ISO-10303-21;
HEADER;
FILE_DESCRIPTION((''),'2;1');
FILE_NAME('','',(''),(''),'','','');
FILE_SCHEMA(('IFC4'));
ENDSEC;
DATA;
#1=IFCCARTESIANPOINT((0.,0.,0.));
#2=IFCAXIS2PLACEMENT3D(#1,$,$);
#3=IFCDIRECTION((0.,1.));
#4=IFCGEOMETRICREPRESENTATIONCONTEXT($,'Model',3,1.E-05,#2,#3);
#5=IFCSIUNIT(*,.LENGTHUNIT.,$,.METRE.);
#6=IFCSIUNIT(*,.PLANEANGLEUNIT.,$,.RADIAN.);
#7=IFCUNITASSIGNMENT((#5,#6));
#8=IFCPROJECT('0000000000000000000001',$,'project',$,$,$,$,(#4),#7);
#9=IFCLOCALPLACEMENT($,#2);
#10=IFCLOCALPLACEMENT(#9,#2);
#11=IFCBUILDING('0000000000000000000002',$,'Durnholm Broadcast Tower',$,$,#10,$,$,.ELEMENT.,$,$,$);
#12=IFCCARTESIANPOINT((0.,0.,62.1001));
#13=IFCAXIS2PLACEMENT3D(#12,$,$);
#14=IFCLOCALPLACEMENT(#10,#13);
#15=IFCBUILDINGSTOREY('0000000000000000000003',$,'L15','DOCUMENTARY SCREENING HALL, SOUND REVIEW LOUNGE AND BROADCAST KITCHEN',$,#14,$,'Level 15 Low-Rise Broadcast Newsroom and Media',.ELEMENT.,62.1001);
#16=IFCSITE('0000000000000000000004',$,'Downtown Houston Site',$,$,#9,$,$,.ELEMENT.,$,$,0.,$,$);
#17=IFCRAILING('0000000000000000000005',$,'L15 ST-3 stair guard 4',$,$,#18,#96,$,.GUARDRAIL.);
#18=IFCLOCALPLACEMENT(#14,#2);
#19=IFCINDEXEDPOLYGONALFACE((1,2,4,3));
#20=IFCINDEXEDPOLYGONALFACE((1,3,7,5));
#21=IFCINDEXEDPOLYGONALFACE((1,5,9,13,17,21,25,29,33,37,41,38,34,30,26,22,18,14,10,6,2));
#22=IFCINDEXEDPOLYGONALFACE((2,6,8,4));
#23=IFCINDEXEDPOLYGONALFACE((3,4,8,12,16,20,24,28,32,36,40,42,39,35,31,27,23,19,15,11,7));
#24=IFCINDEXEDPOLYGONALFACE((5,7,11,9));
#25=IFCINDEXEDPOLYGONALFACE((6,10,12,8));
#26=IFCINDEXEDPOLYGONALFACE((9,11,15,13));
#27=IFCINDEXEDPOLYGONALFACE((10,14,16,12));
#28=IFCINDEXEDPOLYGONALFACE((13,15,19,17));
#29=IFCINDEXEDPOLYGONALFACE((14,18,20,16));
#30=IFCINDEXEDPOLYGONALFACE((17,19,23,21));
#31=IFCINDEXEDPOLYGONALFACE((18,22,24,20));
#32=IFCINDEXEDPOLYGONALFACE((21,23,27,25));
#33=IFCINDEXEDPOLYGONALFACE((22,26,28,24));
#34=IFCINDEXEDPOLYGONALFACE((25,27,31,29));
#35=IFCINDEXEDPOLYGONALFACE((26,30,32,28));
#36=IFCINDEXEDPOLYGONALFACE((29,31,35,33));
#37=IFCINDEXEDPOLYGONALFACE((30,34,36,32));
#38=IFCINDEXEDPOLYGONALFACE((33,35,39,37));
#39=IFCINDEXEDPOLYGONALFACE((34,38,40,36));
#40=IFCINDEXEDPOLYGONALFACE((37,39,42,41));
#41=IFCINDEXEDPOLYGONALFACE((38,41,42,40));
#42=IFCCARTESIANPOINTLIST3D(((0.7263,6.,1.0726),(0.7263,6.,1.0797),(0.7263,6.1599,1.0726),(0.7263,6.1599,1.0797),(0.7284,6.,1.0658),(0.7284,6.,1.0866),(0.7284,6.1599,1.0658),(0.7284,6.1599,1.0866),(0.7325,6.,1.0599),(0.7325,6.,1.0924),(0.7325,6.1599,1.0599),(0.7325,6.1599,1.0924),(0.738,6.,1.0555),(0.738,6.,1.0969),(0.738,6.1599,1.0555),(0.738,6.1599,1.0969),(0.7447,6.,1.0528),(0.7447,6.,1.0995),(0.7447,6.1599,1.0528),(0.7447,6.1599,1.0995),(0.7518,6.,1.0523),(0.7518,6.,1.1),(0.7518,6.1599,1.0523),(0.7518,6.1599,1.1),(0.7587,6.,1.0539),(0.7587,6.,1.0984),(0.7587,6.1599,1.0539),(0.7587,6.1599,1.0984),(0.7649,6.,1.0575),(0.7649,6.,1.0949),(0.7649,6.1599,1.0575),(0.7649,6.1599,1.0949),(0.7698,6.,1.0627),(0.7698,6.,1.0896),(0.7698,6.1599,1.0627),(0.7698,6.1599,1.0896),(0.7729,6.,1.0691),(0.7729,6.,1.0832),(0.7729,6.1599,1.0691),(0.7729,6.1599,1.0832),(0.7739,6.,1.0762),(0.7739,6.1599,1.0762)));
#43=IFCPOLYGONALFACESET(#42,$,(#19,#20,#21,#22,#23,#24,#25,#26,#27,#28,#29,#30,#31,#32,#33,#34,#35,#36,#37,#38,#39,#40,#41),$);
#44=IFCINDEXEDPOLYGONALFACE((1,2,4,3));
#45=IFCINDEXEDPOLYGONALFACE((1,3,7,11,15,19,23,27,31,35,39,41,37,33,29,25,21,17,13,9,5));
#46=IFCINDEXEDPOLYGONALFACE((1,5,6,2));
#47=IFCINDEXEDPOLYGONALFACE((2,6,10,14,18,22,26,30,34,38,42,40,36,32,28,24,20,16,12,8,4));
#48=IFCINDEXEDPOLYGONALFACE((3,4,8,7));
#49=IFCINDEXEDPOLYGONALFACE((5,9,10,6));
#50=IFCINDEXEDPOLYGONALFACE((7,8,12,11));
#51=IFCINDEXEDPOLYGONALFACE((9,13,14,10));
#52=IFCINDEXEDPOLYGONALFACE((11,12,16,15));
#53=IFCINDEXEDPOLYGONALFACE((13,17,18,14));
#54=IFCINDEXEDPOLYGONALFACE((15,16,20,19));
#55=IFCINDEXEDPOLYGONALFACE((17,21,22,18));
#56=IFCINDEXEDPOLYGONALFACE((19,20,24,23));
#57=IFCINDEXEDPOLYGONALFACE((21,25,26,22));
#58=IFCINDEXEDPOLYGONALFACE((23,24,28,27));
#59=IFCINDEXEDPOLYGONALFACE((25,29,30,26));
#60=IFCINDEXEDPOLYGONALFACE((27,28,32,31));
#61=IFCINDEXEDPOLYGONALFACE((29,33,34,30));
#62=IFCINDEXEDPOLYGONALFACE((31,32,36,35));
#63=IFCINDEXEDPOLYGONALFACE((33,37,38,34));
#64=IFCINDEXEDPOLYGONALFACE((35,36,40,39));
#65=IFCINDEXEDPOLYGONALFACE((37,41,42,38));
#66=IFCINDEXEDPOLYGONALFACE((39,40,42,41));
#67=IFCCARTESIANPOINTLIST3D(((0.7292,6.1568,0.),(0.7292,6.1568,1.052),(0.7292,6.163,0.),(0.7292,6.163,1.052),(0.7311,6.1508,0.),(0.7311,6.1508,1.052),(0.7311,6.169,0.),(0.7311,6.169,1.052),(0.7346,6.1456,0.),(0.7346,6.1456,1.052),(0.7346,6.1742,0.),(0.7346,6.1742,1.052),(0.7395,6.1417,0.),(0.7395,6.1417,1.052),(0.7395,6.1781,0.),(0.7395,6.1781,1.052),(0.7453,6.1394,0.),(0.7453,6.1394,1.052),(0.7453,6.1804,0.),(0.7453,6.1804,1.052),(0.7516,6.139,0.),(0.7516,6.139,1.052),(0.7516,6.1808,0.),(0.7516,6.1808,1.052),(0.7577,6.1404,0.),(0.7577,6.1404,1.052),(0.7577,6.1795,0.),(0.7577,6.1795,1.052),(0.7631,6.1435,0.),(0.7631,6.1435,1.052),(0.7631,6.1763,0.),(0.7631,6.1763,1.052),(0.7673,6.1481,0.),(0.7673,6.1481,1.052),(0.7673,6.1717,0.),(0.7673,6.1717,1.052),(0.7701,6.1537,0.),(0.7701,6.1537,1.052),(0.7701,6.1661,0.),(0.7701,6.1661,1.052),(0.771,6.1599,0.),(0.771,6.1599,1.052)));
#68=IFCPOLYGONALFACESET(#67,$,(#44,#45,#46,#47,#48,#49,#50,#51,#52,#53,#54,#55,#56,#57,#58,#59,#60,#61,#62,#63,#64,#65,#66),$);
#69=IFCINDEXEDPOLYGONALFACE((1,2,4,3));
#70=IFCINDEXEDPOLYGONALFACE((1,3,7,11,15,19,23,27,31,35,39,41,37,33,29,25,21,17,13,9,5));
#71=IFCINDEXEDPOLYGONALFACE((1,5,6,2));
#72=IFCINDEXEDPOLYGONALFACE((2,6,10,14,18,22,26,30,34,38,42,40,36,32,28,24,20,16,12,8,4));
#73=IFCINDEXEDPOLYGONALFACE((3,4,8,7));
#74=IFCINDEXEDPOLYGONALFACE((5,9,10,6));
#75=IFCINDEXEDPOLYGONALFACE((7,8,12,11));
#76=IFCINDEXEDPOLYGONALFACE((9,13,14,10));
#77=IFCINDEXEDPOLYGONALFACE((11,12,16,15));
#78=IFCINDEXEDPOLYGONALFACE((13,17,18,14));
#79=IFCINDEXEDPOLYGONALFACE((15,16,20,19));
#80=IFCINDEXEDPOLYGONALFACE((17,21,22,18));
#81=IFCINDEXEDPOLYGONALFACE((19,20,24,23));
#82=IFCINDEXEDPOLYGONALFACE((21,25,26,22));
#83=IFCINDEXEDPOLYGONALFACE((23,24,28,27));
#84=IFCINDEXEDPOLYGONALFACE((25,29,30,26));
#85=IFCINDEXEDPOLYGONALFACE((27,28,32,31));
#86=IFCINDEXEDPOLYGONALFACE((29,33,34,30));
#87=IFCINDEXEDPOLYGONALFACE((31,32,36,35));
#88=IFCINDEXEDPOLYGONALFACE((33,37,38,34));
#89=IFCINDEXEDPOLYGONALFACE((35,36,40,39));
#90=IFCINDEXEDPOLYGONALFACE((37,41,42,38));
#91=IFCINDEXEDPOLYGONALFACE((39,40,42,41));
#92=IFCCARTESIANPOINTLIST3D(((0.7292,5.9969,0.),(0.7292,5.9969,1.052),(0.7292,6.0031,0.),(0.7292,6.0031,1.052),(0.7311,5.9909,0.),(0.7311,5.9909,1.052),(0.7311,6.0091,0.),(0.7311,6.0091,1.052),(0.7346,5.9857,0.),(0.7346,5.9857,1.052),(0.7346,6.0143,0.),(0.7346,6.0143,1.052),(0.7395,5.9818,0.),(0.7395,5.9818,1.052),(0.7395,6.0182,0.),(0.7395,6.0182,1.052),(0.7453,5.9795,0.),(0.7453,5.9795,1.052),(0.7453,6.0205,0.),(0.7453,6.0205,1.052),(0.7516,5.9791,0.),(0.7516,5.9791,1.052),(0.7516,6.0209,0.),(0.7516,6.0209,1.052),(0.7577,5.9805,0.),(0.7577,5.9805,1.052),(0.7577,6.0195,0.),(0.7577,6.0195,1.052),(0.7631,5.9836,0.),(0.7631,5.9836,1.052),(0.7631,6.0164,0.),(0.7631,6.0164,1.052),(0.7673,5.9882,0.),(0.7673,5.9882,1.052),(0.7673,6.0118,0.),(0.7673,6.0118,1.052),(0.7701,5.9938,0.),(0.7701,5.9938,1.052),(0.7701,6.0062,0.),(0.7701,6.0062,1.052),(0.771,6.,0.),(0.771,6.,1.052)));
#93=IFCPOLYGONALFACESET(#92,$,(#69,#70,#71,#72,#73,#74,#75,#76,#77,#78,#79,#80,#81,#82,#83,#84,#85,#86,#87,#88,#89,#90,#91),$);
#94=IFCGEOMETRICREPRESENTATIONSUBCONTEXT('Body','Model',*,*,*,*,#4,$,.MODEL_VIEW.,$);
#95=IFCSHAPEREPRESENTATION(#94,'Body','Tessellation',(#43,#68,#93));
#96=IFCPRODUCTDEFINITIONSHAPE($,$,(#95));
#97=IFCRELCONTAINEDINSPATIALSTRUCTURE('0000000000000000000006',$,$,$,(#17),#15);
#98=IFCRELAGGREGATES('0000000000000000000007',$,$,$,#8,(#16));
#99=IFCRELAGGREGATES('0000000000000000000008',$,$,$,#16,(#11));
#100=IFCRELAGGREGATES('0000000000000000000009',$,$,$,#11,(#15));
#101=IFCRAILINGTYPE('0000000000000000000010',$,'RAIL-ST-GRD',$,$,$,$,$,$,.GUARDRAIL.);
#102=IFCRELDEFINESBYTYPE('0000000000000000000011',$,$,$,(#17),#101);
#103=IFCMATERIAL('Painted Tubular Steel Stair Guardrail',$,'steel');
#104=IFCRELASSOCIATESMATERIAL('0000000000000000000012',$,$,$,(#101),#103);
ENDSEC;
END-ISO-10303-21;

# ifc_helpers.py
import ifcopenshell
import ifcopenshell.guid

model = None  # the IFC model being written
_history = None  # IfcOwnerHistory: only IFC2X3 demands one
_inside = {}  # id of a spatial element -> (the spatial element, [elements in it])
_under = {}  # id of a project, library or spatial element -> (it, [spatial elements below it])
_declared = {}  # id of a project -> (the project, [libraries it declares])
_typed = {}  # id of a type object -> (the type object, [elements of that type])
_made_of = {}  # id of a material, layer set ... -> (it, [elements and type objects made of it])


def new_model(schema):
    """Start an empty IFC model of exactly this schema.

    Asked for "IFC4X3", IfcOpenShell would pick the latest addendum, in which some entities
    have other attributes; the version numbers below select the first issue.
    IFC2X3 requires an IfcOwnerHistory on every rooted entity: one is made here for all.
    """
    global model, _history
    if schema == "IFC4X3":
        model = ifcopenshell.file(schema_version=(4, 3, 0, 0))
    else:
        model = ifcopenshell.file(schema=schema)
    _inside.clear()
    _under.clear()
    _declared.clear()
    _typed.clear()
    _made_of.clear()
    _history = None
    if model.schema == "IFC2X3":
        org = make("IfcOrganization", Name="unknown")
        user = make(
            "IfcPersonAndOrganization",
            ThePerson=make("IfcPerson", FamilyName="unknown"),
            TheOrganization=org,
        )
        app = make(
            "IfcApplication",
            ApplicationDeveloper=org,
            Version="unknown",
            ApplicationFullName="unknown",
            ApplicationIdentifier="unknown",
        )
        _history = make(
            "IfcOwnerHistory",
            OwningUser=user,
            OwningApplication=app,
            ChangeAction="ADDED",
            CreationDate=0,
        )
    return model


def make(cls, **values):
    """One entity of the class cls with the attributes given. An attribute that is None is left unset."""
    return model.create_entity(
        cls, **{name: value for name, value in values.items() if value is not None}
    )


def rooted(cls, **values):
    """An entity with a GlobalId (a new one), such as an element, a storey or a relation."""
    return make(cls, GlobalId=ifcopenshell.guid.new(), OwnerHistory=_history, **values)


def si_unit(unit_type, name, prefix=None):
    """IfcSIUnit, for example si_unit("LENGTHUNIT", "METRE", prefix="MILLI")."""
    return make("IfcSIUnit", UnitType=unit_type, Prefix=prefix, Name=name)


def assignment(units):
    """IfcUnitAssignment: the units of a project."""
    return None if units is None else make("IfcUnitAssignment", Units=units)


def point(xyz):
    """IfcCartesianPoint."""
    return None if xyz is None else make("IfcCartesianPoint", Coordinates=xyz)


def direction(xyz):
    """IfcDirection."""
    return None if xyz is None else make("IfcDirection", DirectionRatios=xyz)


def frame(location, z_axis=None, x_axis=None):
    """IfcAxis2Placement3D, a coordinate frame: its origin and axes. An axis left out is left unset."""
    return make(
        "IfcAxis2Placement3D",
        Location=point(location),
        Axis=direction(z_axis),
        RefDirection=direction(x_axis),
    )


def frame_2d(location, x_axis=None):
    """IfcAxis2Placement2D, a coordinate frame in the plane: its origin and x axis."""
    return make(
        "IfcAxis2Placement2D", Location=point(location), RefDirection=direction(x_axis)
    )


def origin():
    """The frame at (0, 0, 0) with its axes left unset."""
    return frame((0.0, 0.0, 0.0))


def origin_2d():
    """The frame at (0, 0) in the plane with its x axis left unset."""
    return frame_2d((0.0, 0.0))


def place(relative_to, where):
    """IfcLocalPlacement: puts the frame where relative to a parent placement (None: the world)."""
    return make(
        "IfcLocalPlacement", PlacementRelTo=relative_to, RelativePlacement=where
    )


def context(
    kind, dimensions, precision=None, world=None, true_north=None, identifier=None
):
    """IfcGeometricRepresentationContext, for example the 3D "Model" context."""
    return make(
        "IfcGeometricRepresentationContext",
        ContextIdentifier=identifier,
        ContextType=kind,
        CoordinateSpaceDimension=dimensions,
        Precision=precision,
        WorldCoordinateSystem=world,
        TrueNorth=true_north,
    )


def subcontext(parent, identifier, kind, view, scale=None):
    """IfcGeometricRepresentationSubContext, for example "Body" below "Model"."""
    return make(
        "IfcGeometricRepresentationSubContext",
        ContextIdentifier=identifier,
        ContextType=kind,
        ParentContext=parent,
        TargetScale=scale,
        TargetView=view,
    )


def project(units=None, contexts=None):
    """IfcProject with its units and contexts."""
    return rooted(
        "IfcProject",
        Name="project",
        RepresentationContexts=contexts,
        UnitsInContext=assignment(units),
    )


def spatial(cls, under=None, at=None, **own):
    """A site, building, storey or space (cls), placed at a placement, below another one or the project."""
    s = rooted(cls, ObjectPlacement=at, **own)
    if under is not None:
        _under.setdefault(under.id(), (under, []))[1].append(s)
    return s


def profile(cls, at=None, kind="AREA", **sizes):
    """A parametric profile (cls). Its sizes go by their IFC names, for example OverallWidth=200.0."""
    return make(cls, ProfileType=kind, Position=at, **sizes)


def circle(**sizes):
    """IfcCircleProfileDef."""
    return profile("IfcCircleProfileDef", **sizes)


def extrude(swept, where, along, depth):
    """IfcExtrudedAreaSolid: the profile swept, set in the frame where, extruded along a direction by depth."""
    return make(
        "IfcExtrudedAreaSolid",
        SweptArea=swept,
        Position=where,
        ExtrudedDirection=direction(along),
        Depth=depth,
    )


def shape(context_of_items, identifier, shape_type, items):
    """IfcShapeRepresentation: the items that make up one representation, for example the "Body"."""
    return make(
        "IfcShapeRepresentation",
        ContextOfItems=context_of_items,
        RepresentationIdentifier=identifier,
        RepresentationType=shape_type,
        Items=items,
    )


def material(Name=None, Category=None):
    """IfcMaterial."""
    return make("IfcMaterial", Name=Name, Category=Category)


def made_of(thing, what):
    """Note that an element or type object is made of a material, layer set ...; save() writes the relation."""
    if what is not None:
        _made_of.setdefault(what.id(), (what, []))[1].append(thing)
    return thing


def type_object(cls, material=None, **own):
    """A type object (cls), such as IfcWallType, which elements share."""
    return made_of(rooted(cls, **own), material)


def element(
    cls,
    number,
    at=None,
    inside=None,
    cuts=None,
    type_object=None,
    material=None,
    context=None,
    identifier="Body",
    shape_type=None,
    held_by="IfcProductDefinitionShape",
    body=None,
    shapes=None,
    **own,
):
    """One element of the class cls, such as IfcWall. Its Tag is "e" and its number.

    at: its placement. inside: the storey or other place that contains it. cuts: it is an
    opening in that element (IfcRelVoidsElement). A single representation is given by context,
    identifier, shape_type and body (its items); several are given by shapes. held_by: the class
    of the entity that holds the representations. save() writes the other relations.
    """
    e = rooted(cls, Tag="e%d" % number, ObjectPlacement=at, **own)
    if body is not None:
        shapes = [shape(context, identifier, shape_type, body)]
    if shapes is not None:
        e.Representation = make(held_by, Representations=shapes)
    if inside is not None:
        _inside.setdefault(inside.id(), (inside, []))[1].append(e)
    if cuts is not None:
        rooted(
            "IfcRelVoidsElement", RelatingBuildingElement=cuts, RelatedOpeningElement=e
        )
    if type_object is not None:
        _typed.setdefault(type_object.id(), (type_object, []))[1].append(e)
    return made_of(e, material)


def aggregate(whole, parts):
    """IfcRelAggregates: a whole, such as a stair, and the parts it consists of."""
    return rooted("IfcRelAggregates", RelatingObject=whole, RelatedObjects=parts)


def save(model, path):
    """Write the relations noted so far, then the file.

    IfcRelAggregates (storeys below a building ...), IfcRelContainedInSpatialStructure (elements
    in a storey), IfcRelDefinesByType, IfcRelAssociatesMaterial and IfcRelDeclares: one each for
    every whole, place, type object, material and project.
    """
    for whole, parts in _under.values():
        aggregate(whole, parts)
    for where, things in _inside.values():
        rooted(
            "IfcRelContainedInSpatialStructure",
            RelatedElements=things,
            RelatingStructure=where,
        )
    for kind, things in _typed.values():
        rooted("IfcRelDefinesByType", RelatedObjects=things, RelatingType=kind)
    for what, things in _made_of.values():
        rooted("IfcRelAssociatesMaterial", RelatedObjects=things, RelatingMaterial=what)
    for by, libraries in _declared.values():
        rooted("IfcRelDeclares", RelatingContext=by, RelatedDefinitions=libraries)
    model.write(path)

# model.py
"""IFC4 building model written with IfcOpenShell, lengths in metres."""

from ifc_helpers import new_model, si_unit, direction, frame, origin, origin_2d, place, context, subcontext, project, spatial, circle, extrude, material, type_object, element, save


model = new_model("IFC4")

# Units and contexts
model_context = context("Model", 3, precision=1e-05, world=origin(), true_north=direction((0.0, 1.0)))
body_context = subcontext(model_context, "Body", "Model", "MODEL_VIEW")
ifc_project = project(units=[si_unit("LENGTHUNIT", "METRE"), si_unit("PLANEANGLEUNIT", "RADIAN")], contexts=[model_context])

# Site, building, storey
site_placement = place(None, origin())
site = spatial("IfcSite", under=ifc_project, at=site_placement, Name="Downtown Houston Site", CompositionType="ELEMENT", RefElevation=0.0)
building_placement = place(site_placement, origin())
building = spatial("IfcBuilding", under=site, at=building_placement, Name="Durnholm Broadcast Tower", CompositionType="ELEMENT")
storey_placement = place(building_placement, frame((0.0, 0.0, 62.1001)))
storey = spatial("IfcBuildingStorey", under=building, at=storey_placement, Name="L15", Description="DOCUMENTARY SCREENING HALL, SOUND REVIEW LOUNGE AND BROADCAST KITCHEN", LongName="Level 15 Low-Rise Broadcast Newsroom and Media", CompositionType="ELEMENT", Elevation=62.1001)

# Railing
ifc_material_1 = material(Name="Painted Tubular Steel Stair Guardrail", Category="steel")
railing_type_1 = type_object("IfcRailingType", Name="RAIL-ST-GRD", PredefinedType="GUARDRAIL", material=ifc_material_1)
railing_1_placement = place(storey_placement, frame((0.75, 6.1599, 0.0)))
element("IfcRailing", 1, at=railing_1_placement, inside=storey, type_object=railing_type_1, Name="L15 ST-3 stair guard 4", PredefinedType="GUARDRAIL", context=body_context, shape_type="SweptSolid", body=[
    extrude(circle(Radius=0.0239, at=origin_2d()), frame((0.0, 0.0, 1.0762), z_axis=(0.0, -1.0, 0.0), x_axis=(1.0, 0.0, 0.0)), (0.0, 0.0, 1.0), 0.1599),
    extrude(circle(Radius=0.021, at=origin_2d()), origin(), (0.0, 0.0, 1.0), 1.052),
    extrude(circle(Radius=0.021, at=origin_2d()), frame((0.0, -0.1599, 0.0)), (0.0, 0.0, 1.0), 1.052),
])

save(model, "model.ifc")
